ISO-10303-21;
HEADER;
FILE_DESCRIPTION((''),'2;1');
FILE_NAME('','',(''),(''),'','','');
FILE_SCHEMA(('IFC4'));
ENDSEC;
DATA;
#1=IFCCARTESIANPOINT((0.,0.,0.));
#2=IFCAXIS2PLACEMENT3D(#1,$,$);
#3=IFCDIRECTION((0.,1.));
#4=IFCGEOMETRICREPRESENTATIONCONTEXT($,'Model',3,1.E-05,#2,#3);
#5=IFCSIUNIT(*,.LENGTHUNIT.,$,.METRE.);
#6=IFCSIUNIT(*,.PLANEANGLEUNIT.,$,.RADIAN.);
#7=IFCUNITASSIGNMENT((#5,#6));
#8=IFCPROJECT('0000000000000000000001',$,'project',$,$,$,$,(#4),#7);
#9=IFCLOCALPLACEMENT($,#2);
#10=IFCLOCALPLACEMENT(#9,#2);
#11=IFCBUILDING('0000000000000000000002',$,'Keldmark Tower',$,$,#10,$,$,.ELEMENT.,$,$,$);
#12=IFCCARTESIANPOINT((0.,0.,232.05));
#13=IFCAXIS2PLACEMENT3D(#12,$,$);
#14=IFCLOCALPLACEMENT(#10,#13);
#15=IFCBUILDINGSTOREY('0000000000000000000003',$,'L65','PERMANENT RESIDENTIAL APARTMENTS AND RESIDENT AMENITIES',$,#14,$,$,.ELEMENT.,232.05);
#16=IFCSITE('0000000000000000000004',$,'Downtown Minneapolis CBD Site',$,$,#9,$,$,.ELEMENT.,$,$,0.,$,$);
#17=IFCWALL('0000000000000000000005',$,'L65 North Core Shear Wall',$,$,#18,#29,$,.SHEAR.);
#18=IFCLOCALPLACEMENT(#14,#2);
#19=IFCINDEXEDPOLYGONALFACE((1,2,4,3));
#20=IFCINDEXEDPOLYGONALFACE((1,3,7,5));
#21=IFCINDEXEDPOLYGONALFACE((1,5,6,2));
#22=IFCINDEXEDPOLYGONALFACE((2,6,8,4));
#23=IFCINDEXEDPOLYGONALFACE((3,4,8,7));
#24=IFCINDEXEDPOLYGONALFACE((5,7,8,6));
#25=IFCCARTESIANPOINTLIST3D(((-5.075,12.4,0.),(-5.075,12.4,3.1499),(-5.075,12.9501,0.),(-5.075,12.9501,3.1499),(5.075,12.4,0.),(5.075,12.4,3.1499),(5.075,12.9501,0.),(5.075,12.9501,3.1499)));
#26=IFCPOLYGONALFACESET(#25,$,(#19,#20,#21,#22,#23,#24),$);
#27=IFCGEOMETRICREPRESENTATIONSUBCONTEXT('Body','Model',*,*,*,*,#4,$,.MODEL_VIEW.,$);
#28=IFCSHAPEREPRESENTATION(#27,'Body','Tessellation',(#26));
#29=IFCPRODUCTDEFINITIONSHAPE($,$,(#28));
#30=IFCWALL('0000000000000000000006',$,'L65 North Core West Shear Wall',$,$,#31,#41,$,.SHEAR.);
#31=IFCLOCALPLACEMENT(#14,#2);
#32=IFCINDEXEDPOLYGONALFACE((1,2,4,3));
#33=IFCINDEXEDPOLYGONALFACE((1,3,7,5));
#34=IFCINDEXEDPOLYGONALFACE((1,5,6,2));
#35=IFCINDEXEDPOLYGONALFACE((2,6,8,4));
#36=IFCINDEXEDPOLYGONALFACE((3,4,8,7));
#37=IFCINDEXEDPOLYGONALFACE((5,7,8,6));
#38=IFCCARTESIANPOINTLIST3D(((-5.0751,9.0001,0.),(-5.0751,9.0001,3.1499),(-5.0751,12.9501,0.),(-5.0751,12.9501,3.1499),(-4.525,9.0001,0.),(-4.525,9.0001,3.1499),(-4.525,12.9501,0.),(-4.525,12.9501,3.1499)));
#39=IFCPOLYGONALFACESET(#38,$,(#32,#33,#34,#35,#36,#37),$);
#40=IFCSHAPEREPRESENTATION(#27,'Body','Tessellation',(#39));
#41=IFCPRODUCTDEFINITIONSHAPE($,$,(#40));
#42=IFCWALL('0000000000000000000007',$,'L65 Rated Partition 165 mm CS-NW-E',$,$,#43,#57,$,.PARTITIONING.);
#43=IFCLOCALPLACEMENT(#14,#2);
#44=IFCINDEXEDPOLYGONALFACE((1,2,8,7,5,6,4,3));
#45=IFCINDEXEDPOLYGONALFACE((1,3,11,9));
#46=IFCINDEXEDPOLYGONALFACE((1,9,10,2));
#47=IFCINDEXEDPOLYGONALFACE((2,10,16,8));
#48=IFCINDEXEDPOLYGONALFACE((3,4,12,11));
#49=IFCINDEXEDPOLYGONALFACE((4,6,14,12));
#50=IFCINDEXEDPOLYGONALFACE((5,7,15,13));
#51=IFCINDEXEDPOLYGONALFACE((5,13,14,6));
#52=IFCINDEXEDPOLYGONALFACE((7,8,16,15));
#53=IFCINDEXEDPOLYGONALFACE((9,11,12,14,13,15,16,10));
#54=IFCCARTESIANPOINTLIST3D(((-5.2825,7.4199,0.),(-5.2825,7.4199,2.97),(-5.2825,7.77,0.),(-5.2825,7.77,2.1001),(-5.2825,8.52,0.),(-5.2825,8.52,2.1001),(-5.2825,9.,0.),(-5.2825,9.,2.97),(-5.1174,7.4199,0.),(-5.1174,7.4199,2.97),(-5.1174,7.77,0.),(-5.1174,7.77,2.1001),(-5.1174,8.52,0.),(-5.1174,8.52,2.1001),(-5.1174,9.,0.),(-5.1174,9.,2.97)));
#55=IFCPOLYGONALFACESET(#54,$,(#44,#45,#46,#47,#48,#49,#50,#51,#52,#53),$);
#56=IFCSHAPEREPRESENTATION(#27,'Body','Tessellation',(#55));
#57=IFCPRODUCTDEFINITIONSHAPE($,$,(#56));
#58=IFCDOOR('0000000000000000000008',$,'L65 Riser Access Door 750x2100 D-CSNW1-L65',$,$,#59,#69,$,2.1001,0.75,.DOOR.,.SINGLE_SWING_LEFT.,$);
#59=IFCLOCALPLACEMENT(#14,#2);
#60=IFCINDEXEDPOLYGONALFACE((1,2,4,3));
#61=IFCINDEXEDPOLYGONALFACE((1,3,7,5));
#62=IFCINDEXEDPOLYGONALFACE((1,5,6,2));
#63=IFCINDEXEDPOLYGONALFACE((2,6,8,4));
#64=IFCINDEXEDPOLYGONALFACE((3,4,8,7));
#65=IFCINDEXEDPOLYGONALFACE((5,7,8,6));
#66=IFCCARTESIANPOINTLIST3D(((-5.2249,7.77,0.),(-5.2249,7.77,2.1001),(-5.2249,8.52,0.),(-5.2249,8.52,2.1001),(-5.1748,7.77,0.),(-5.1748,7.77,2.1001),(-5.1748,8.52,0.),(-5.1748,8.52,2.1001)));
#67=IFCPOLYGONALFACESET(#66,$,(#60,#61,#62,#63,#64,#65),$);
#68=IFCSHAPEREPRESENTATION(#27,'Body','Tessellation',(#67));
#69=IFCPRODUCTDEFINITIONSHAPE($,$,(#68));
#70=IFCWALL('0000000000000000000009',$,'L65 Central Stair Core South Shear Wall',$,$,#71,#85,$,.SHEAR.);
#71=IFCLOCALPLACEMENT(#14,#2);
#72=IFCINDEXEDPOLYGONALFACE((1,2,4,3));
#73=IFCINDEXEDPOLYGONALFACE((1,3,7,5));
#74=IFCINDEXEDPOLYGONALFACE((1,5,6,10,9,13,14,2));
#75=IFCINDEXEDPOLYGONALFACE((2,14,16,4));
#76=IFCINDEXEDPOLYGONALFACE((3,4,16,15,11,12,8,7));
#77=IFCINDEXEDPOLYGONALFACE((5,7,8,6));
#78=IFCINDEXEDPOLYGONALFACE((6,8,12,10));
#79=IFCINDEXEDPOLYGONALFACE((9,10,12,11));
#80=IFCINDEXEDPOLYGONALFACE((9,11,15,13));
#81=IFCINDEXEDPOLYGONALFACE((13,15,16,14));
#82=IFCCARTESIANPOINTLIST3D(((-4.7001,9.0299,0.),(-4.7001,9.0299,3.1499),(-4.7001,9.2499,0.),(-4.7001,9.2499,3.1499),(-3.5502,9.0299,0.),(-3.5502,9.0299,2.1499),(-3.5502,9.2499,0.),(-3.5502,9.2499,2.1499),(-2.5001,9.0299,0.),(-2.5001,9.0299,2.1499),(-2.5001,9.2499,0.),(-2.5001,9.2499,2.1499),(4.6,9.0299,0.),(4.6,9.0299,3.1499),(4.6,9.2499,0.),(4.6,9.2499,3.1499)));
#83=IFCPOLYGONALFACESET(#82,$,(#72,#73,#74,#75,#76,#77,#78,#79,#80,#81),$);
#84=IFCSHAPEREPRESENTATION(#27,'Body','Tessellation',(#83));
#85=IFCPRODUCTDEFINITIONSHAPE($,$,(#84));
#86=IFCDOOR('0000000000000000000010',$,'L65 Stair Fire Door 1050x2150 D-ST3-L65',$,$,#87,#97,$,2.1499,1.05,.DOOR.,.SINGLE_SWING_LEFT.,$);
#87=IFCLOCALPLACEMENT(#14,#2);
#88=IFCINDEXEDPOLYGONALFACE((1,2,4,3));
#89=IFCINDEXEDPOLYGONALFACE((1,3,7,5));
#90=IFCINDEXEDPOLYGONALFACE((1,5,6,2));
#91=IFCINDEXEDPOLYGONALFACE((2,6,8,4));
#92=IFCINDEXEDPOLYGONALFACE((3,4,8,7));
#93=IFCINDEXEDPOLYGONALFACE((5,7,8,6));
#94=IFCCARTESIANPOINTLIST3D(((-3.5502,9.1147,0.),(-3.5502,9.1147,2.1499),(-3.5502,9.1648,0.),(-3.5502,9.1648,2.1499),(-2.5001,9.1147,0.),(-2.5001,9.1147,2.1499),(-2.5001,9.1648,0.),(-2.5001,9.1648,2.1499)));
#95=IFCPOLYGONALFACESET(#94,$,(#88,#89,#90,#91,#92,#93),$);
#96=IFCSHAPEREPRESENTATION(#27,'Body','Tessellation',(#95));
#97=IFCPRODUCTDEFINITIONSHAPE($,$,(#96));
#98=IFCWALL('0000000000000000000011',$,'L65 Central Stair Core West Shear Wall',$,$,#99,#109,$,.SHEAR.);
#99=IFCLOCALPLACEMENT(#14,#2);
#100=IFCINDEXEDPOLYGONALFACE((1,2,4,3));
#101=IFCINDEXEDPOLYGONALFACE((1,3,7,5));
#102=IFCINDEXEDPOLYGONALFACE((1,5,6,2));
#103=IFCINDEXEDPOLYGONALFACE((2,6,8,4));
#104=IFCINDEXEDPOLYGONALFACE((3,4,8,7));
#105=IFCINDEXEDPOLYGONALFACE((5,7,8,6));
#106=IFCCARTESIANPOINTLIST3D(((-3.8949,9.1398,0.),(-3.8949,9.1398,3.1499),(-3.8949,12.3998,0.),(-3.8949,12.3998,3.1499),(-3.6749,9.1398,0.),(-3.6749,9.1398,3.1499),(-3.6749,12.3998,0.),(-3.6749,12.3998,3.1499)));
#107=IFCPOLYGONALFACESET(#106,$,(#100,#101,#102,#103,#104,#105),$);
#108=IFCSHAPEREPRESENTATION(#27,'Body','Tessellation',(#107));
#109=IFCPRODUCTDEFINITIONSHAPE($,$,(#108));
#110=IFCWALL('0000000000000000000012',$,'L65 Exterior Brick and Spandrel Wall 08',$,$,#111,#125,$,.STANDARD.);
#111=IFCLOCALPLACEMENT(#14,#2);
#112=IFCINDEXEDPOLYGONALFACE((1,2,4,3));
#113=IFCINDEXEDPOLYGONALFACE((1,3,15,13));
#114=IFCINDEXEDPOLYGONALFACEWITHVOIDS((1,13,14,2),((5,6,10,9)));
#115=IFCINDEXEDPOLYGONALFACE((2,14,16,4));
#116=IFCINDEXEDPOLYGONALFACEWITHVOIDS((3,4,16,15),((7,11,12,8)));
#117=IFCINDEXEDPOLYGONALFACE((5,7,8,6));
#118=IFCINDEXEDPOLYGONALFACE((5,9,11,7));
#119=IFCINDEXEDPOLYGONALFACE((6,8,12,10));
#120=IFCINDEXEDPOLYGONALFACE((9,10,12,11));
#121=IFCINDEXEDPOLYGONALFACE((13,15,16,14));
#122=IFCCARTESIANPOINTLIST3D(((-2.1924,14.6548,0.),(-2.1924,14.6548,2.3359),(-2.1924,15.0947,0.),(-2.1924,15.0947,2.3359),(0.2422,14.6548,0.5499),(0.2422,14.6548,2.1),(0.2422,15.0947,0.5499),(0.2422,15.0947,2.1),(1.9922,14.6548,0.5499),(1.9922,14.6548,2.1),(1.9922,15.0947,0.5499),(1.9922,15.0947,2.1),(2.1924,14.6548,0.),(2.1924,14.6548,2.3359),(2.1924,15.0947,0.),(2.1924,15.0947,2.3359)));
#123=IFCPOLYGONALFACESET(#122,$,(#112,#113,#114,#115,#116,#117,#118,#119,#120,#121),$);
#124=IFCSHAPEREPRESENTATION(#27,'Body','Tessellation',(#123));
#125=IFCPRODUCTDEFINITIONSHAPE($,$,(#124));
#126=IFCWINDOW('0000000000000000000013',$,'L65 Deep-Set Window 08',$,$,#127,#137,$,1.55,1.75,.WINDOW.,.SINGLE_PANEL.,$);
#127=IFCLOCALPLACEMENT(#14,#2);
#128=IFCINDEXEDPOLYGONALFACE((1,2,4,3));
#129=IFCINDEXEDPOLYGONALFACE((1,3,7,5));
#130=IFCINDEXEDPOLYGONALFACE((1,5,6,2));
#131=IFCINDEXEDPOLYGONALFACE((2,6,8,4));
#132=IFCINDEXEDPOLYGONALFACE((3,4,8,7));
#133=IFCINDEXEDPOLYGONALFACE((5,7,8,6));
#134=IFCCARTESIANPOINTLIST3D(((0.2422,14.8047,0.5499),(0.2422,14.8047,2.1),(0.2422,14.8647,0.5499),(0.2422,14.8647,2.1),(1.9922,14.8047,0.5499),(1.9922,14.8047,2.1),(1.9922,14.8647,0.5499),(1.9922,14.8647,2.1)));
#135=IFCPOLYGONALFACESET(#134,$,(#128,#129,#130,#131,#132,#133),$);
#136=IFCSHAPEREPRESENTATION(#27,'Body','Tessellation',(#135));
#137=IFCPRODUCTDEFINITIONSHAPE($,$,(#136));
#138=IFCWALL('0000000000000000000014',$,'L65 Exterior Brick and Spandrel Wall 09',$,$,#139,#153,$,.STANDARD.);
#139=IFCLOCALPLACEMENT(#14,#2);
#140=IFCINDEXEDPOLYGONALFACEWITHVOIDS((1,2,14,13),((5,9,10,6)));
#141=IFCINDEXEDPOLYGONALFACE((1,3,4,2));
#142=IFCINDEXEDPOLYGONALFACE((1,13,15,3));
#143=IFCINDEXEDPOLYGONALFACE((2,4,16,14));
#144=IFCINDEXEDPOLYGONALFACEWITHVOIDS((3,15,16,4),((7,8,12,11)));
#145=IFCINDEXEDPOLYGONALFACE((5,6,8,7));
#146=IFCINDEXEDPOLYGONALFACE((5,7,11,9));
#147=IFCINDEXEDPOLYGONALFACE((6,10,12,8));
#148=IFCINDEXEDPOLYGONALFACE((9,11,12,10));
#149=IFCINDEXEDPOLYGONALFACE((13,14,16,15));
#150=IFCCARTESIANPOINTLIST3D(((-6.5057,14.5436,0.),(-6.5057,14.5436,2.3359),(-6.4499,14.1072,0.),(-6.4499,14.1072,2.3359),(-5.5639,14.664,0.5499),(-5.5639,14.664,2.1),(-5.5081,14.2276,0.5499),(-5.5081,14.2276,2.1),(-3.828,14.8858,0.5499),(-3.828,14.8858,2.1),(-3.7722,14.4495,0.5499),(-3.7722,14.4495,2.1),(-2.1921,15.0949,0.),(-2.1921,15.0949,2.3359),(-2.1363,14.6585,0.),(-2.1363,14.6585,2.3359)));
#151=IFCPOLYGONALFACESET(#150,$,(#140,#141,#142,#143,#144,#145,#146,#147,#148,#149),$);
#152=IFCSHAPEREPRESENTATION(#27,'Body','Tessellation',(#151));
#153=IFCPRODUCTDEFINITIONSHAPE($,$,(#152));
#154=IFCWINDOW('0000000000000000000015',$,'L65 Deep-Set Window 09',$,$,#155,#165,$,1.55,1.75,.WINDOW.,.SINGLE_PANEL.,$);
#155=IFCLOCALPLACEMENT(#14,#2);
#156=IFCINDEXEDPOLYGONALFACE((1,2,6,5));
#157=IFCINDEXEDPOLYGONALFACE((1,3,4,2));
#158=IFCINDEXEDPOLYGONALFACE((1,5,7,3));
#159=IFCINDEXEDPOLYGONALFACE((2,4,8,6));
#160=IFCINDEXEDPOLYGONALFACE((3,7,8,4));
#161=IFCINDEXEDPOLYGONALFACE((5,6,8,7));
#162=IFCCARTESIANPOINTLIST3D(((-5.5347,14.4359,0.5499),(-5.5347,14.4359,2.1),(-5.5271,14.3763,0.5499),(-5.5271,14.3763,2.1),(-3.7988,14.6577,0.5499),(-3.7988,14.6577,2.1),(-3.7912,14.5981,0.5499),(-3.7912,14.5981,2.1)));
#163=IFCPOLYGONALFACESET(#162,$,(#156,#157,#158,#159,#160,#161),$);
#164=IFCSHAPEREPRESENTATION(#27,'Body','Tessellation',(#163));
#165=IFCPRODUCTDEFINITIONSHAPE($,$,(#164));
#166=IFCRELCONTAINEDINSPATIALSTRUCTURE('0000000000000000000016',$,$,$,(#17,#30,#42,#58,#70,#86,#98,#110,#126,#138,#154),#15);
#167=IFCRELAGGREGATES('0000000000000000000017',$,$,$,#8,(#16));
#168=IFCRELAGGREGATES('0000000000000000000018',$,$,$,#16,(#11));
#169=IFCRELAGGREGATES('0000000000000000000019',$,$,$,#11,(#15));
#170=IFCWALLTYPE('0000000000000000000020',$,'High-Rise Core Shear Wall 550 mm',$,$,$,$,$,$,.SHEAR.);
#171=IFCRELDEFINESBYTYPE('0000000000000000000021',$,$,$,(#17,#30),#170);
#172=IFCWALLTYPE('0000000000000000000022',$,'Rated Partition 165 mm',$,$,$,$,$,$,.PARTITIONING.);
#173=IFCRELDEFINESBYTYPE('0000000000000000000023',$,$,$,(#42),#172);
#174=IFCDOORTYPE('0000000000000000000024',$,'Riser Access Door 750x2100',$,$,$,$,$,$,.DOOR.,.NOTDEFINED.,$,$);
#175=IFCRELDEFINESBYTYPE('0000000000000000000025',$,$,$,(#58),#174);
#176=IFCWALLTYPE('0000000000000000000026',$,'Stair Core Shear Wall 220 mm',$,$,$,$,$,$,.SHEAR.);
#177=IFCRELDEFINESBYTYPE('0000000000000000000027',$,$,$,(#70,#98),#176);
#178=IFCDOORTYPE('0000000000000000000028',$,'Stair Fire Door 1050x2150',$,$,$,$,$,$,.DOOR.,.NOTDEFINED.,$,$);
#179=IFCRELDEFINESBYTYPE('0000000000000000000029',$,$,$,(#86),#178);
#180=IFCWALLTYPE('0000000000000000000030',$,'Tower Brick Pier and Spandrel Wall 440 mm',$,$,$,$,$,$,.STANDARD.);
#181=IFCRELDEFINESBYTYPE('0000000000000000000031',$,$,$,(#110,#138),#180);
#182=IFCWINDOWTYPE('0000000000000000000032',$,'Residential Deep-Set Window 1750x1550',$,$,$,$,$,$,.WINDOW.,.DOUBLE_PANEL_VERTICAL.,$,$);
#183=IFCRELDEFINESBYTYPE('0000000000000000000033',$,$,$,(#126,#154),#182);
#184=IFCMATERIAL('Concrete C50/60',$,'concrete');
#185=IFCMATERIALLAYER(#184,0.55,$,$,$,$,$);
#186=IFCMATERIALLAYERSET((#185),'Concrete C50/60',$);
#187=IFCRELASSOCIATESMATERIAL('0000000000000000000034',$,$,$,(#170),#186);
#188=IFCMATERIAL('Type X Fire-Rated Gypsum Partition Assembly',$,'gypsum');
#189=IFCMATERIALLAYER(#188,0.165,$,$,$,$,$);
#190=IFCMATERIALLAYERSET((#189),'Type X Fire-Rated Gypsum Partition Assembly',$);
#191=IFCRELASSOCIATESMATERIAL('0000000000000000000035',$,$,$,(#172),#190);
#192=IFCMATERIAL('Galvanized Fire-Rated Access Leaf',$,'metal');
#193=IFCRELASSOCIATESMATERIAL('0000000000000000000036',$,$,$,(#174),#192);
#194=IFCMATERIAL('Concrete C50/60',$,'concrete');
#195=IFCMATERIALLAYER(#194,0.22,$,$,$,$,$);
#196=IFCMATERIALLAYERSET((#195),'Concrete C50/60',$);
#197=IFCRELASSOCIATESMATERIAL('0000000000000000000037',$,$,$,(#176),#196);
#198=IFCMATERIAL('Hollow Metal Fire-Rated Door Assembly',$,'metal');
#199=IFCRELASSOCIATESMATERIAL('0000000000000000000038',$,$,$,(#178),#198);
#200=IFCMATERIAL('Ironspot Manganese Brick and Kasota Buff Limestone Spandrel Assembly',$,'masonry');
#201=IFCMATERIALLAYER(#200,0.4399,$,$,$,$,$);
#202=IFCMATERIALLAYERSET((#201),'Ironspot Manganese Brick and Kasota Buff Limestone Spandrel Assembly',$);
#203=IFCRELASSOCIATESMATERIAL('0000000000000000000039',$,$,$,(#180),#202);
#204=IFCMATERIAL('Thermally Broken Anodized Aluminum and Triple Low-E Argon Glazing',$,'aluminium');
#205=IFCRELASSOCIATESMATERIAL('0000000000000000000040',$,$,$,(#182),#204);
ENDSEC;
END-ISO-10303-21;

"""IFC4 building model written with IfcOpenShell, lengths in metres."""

from ifc_helpers import new_model, si_unit, direction, frame, frame_2d, origin, place, context, subcontext, project, spatial, rectangle, extrude, material, layer, layer_set, type_object, element, fill, save


model = new_model("IFC4")

# Units and contexts
model_context = context("Model", 3, precision=1e-05, world=origin(), true_north=direction((0.0, 1.0)))
body_context = subcontext(model_context, "Body", "Model", "MODEL_VIEW")
ifc_project = project(units=[si_unit("LENGTHUNIT", "METRE"), si_unit("PLANEANGLEUNIT", "RADIAN")], contexts=[model_context])

# Site, building, storey
site_placement = place(None, origin())
site = spatial("IfcSite", under=ifc_project, at=site_placement, Name="Downtown Minneapolis CBD Site", CompositionType="ELEMENT", RefElevation=0.0)
building_placement = place(site_placement, origin())
building = spatial("IfcBuilding", under=site, at=building_placement, Name="Keldmark Tower", CompositionType="ELEMENT")
storey_placement = place(building_placement, frame((0.0, 0.0, 232.05)))
storey = spatial("IfcBuildingStorey", under=building, at=storey_placement, Name="L65", Description="PERMANENT RESIDENTIAL APARTMENTS AND RESIDENT AMENITIES", CompositionType="ELEMENT", Elevation=232.05)

# Walls
ifc_material_1 = material(Name="Concrete C50/60", Category="concrete")
ifc_layer_1 = layer(ifc_material_1, 0.55)
ifc_layer_set_1 = layer_set([ifc_layer_1], Name="Concrete C50/60")
wall_type_1 = type_object("IfcWallType", Name="High-Rise Core Shear Wall 550 mm", PredefinedType="SHEAR", material=ifc_layer_set_1)
wall_1_placement = place(storey_placement, frame((-5.075, 12.675, 0.0), z_axis=(0.0, 0.0, 1.0), x_axis=(1.0, 0.0, 0.0)))
element("IfcWall", 1, at=wall_1_placement, inside=storey, type_object=wall_type_1, Name="L65 North Core Shear Wall", PredefinedType="SHEAR", context=body_context, shape_type="SweptSolid", body=[
    extrude(rectangle(XDim=10.1499, YDim=0.55, at=frame_2d((5.075, 0.0))), origin(), (0.0, 0.0, 1.0), 3.1499),
])
wall_2_placement = place(storey_placement, frame((-4.8, 9.0, 0.0), z_axis=(0.0, 0.0, 1.0), x_axis=(0.0, 1.0, 0.0)))
element("IfcWall", 2, at=wall_2_placement, inside=storey, type_object=wall_type_1, Name="L65 North Core West Shear Wall", PredefinedType="SHEAR", context=body_context, shape_type="SweptSolid", body=[
    extrude(rectangle(XDim=3.95, YDim=0.55, at=frame_2d((1.9751, 0.0))), origin(), (0.0, 0.0, 1.0), 3.1499),
])

# Walls, openings, doors
ifc_material_2 = material(Name="Type X Fire-Rated Gypsum Partition Assembly", Category="gypsum")
ifc_layer_2 = layer(ifc_material_2, 0.165)
ifc_layer_set_2 = layer_set([ifc_layer_2], Name="Type X Fire-Rated Gypsum Partition Assembly")
wall_type_2 = type_object("IfcWallType", Name="Rated Partition 165 mm", PredefinedType="PARTITIONING", material=ifc_layer_set_2)
wall_3_placement = place(storey_placement, frame((-5.2, 7.4199, 0.0), z_axis=(0.0, 0.0, 1.0), x_axis=(0.0, 1.0, 0.0)))
wall_3 = element("IfcWall", 3, at=wall_3_placement, inside=storey, type_object=wall_type_2, Name="L65 Rated Partition 165 mm CS-NW-E", PredefinedType="PARTITIONING", context=body_context, shape_type="SweptSolid", body=[
    extrude(rectangle(XDim=1.5801, YDim=0.165, at=frame_2d((0.79, 0.0))), origin(), (0.0, 0.0, 1.0), 2.97),
])
opening_1_placement = place(wall_3_placement, frame((0.3501, 0.0, 0.0)))
opening_1 = element("IfcOpeningElement", 4, at=opening_1_placement, cuts=wall_3, PredefinedType="OPENING", context=body_context, shape_type="SweptSolid", body=[
    extrude(rectangle(XDim=0.75, YDim=2.1001, at=frame_2d((0.375, 1.05))), frame((0.0, 0.0925, 0.0), z_axis=(0.0, -1.0, 0.0), x_axis=(1.0, 0.0, 0.0)), (0.0, 0.0, 1.0), 0.1851),
])
ifc_material_3 = material(Name="Galvanized Fire-Rated Access Leaf", Category="metal")
door_type_1 = type_object("IfcDoorType", Name="Riser Access Door 750x2100", OperationType="NOTDEFINED", PredefinedType="DOOR", material=ifc_material_3)
door_1_placement = place(opening_1_placement, origin())
door_1 = element("IfcDoor", 5, at=door_1_placement, inside=storey, type_object=door_type_1, Name="L65 Riser Access Door 750x2100 D-CSNW1-L65", OperationType="SINGLE_SWING_LEFT", OverallHeight=2.1001, OverallWidth=0.75, PredefinedType="DOOR", context=body_context, shape_type="SweptSolid", body=[
    extrude(rectangle(XDim=0.75, YDim=2.1001, at=frame_2d((0.375, 1.05))), frame((0.0, 0.0249, 0.0), z_axis=(0.0, -1.0, 0.0), x_axis=(1.0, 0.0, 0.0)), (0.0, 0.0, 1.0), 0.05),
])
fill(opening_1, door_1)
ifc_material_4 = material(Name="Concrete C50/60", Category="concrete")
ifc_layer_3 = layer(ifc_material_4, 0.22)
ifc_layer_set_3 = layer_set([ifc_layer_3], Name="Concrete C50/60")
wall_type_3 = type_object("IfcWallType", Name="Stair Core Shear Wall 220 mm", PredefinedType="SHEAR", material=ifc_layer_set_3)
wall_4_placement = place(storey_placement, frame((-4.7, 9.1399, 0.0), z_axis=(0.0, 0.0, 1.0), x_axis=(1.0, 0.0, 0.0)))
wall_4 = element("IfcWall", 6, at=wall_4_placement, inside=storey, type_object=wall_type_3, Name="L65 Central Stair Core South Shear Wall", PredefinedType="SHEAR", context=body_context, shape_type="SweptSolid", body=[
    extrude(rectangle(XDim=9.3, YDim=0.22, at=frame_2d((4.6499, 0.0))), origin(), (0.0, 0.0, 1.0), 3.1499),
])
opening_2_placement = place(wall_4_placement, frame((1.1499, 0.0, 0.0)))
opening_2 = element("IfcOpeningElement", 7, at=opening_2_placement, cuts=wall_4, PredefinedType="OPENING", context=body_context, shape_type="SweptSolid", body=[
    extrude(rectangle(XDim=1.05, YDim=2.1499, at=frame_2d((0.5249, 1.075))), frame((0.0, 0.1199, 0.0), z_axis=(0.0, -1.0, 0.0), x_axis=(1.0, 0.0, 0.0)), (0.0, 0.0, 1.0), 0.24),
])
ifc_material_5 = material(Name="Hollow Metal Fire-Rated Door Assembly", Category="metal")
door_type_2 = type_object("IfcDoorType", Name="Stair Fire Door 1050x2150", OperationType="NOTDEFINED", PredefinedType="DOOR", material=ifc_material_5)
door_2_placement = place(opening_2_placement, origin())
door_2 = element("IfcDoor", 8, at=door_2_placement, inside=storey, type_object=door_type_2, Name="L65 Stair Fire Door 1050x2150 D-ST3-L65", OperationType="SINGLE_SWING_LEFT", OverallHeight=2.1499, OverallWidth=1.05, PredefinedType="DOOR", context=body_context, shape_type="SweptSolid", body=[
    extrude(rectangle(XDim=1.05, YDim=2.1499, at=frame_2d((0.5249, 1.075))), frame((0.0, 0.0249, 0.0), z_axis=(0.0, -1.0, 0.0), x_axis=(1.0, 0.0, 0.0)), (0.0, 0.0, 1.0), 0.05),
])
fill(opening_2, door_2)

# Wall
wall_5_placement = place(storey_placement, frame((-3.7849, 9.1399, 0.0), z_axis=(0.0, 0.0, 1.0), x_axis=(0.0, 1.0, 0.0)))
element("IfcWall", 9, at=wall_5_placement, inside=storey, type_object=wall_type_3, Name="L65 Central Stair Core West Shear Wall", PredefinedType="SHEAR", context=body_context, shape_type="SweptSolid", body=[
    extrude(rectangle(XDim=3.26, YDim=0.22, at=frame_2d((1.6299, 0.0))), origin(), (0.0, 0.0, 1.0), 3.1499),
])

# Walls, openings, windows
ifc_material_6 = material(Name="Ironspot Manganese Brick and Kasota Buff Limestone Spandrel Assembly", Category="masonry")
ifc_layer_4 = layer(ifc_material_6, 0.4399)
ifc_layer_set_4 = layer_set([ifc_layer_4], Name="Ironspot Manganese Brick and Kasota Buff Limestone Spandrel Assembly")
wall_type_4 = type_object("IfcWallType", Name="Tower Brick Pier and Spandrel Wall 440 mm", PredefinedType="STANDARD", material=ifc_layer_set_4)
wall_6_placement = place(storey_placement, frame((-2.1924, 14.8748, 0.0), z_axis=(0.0, 0.0, 1.0), x_axis=(1.0, 0.0, 0.0)))
wall_6 = element("IfcWall", 10, at=wall_6_placement, inside=storey, type_object=wall_type_4, Name="L65 Exterior Brick and Spandrel Wall 08", PredefinedType="STANDARD", context=body_context, shape_type="SweptSolid", body=[
    extrude(rectangle(XDim=4.3848, YDim=0.4399, at=frame_2d((2.1924, 0.0))), origin(), (0.0, 0.0, 1.0), 2.3359),
])
opening_3_placement = place(wall_6_placement, frame((2.4346, 0.0, 0.55)))
opening_3 = element("IfcOpeningElement", 11, at=opening_3_placement, cuts=wall_6, PredefinedType="OPENING", context=body_context, shape_type="SweptSolid", body=[
    extrude(rectangle(XDim=1.75, YDim=1.55, at=frame_2d((0.875, 0.7749))), frame((0.0, 0.23, 0.0), z_axis=(0.0, -1.0, 0.0), x_axis=(1.0, 0.0, 0.0)), (0.0, 0.0, 1.0), 0.46),
])
ifc_material_7 = material(Name="Thermally Broken Anodized Aluminum and Triple Low-E Argon Glazing", Category="aluminium")
window_type = type_object("IfcWindowType", Name="Residential Deep-Set Window 1750x1550", PartitioningType="DOUBLE_PANEL_VERTICAL", PredefinedType="WINDOW", material=ifc_material_7)
window_1_placement = place(opening_3_placement, origin())
window_1 = element("IfcWindow", 12, at=window_1_placement, inside=storey, type_object=window_type, Name="L65 Deep-Set Window 08", OverallHeight=1.55, OverallWidth=1.75, PartitioningType="SINGLE_PANEL", PredefinedType="WINDOW", context=body_context, shape_type="SweptSolid", body=[
    extrude(rectangle(XDim=1.75, YDim=1.55, at=frame_2d((0.875, 0.7749))), frame((0.0, -0.01, 0.0), z_axis=(0.0, -1.0, 0.0), x_axis=(1.0, 0.0, 0.0)), (0.0, 0.0, 1.0), 0.0601),
])
fill(opening_3, window_1)
wall_7_placement = place(storey_placement, frame((-6.4778, 14.3254, 0.0), z_axis=(0.0, 0.0, 1.0), x_axis=(0.991932, 0.126771, 0.0)))
wall_7 = element("IfcWall", 13, at=wall_7_placement, inside=storey, type_object=wall_type_4, Name="L65 Exterior Brick and Spandrel Wall 09", PredefinedType="STANDARD", context=body_context, shape_type="SweptSolid", body=[
    extrude(rectangle(XDim=4.3486, YDim=0.4399, at=frame_2d((2.1743, 0.0))), origin(), (0.0, 0.0, 1.0), 2.3359),
])
opening_4_placement = place(wall_7_placement, frame((0.9495, 0.0, 0.55)))
opening_4 = element("IfcOpeningElement", 14, at=opening_4_placement, cuts=wall_7, PredefinedType="OPENING", context=body_context, shape_type="SweptSolid", body=[
    extrude(rectangle(XDim=1.75, YDim=1.55, at=frame_2d((0.875, 0.7749))), frame((0.0, 0.23, 0.0), z_axis=(0.0, -1.0, 0.0), x_axis=(1.0, 0.0, 0.0)), (0.0, 0.0, 1.0), 0.46),
])
window_2_placement = place(opening_4_placement, origin())
window_2 = element("IfcWindow", 15, at=window_2_placement, inside=storey, type_object=window_type, Name="L65 Deep-Set Window 09", OverallHeight=1.55, OverallWidth=1.75, PartitioningType="SINGLE_PANEL", PredefinedType="WINDOW", context=body_context, shape_type="SweptSolid", body=[
    extrude(rectangle(XDim=1.75, YDim=1.55, at=frame_2d((0.875, 0.7749))), frame((0.0, -0.01, 0.0), z_axis=(0.0, -1.0, 0.0), x_axis=(1.0, 0.0, 0.0)), (0.0, 0.0, 1.0), 0.0601),
])
fill(opening_4, window_2)

save(model, "model.ifc")
